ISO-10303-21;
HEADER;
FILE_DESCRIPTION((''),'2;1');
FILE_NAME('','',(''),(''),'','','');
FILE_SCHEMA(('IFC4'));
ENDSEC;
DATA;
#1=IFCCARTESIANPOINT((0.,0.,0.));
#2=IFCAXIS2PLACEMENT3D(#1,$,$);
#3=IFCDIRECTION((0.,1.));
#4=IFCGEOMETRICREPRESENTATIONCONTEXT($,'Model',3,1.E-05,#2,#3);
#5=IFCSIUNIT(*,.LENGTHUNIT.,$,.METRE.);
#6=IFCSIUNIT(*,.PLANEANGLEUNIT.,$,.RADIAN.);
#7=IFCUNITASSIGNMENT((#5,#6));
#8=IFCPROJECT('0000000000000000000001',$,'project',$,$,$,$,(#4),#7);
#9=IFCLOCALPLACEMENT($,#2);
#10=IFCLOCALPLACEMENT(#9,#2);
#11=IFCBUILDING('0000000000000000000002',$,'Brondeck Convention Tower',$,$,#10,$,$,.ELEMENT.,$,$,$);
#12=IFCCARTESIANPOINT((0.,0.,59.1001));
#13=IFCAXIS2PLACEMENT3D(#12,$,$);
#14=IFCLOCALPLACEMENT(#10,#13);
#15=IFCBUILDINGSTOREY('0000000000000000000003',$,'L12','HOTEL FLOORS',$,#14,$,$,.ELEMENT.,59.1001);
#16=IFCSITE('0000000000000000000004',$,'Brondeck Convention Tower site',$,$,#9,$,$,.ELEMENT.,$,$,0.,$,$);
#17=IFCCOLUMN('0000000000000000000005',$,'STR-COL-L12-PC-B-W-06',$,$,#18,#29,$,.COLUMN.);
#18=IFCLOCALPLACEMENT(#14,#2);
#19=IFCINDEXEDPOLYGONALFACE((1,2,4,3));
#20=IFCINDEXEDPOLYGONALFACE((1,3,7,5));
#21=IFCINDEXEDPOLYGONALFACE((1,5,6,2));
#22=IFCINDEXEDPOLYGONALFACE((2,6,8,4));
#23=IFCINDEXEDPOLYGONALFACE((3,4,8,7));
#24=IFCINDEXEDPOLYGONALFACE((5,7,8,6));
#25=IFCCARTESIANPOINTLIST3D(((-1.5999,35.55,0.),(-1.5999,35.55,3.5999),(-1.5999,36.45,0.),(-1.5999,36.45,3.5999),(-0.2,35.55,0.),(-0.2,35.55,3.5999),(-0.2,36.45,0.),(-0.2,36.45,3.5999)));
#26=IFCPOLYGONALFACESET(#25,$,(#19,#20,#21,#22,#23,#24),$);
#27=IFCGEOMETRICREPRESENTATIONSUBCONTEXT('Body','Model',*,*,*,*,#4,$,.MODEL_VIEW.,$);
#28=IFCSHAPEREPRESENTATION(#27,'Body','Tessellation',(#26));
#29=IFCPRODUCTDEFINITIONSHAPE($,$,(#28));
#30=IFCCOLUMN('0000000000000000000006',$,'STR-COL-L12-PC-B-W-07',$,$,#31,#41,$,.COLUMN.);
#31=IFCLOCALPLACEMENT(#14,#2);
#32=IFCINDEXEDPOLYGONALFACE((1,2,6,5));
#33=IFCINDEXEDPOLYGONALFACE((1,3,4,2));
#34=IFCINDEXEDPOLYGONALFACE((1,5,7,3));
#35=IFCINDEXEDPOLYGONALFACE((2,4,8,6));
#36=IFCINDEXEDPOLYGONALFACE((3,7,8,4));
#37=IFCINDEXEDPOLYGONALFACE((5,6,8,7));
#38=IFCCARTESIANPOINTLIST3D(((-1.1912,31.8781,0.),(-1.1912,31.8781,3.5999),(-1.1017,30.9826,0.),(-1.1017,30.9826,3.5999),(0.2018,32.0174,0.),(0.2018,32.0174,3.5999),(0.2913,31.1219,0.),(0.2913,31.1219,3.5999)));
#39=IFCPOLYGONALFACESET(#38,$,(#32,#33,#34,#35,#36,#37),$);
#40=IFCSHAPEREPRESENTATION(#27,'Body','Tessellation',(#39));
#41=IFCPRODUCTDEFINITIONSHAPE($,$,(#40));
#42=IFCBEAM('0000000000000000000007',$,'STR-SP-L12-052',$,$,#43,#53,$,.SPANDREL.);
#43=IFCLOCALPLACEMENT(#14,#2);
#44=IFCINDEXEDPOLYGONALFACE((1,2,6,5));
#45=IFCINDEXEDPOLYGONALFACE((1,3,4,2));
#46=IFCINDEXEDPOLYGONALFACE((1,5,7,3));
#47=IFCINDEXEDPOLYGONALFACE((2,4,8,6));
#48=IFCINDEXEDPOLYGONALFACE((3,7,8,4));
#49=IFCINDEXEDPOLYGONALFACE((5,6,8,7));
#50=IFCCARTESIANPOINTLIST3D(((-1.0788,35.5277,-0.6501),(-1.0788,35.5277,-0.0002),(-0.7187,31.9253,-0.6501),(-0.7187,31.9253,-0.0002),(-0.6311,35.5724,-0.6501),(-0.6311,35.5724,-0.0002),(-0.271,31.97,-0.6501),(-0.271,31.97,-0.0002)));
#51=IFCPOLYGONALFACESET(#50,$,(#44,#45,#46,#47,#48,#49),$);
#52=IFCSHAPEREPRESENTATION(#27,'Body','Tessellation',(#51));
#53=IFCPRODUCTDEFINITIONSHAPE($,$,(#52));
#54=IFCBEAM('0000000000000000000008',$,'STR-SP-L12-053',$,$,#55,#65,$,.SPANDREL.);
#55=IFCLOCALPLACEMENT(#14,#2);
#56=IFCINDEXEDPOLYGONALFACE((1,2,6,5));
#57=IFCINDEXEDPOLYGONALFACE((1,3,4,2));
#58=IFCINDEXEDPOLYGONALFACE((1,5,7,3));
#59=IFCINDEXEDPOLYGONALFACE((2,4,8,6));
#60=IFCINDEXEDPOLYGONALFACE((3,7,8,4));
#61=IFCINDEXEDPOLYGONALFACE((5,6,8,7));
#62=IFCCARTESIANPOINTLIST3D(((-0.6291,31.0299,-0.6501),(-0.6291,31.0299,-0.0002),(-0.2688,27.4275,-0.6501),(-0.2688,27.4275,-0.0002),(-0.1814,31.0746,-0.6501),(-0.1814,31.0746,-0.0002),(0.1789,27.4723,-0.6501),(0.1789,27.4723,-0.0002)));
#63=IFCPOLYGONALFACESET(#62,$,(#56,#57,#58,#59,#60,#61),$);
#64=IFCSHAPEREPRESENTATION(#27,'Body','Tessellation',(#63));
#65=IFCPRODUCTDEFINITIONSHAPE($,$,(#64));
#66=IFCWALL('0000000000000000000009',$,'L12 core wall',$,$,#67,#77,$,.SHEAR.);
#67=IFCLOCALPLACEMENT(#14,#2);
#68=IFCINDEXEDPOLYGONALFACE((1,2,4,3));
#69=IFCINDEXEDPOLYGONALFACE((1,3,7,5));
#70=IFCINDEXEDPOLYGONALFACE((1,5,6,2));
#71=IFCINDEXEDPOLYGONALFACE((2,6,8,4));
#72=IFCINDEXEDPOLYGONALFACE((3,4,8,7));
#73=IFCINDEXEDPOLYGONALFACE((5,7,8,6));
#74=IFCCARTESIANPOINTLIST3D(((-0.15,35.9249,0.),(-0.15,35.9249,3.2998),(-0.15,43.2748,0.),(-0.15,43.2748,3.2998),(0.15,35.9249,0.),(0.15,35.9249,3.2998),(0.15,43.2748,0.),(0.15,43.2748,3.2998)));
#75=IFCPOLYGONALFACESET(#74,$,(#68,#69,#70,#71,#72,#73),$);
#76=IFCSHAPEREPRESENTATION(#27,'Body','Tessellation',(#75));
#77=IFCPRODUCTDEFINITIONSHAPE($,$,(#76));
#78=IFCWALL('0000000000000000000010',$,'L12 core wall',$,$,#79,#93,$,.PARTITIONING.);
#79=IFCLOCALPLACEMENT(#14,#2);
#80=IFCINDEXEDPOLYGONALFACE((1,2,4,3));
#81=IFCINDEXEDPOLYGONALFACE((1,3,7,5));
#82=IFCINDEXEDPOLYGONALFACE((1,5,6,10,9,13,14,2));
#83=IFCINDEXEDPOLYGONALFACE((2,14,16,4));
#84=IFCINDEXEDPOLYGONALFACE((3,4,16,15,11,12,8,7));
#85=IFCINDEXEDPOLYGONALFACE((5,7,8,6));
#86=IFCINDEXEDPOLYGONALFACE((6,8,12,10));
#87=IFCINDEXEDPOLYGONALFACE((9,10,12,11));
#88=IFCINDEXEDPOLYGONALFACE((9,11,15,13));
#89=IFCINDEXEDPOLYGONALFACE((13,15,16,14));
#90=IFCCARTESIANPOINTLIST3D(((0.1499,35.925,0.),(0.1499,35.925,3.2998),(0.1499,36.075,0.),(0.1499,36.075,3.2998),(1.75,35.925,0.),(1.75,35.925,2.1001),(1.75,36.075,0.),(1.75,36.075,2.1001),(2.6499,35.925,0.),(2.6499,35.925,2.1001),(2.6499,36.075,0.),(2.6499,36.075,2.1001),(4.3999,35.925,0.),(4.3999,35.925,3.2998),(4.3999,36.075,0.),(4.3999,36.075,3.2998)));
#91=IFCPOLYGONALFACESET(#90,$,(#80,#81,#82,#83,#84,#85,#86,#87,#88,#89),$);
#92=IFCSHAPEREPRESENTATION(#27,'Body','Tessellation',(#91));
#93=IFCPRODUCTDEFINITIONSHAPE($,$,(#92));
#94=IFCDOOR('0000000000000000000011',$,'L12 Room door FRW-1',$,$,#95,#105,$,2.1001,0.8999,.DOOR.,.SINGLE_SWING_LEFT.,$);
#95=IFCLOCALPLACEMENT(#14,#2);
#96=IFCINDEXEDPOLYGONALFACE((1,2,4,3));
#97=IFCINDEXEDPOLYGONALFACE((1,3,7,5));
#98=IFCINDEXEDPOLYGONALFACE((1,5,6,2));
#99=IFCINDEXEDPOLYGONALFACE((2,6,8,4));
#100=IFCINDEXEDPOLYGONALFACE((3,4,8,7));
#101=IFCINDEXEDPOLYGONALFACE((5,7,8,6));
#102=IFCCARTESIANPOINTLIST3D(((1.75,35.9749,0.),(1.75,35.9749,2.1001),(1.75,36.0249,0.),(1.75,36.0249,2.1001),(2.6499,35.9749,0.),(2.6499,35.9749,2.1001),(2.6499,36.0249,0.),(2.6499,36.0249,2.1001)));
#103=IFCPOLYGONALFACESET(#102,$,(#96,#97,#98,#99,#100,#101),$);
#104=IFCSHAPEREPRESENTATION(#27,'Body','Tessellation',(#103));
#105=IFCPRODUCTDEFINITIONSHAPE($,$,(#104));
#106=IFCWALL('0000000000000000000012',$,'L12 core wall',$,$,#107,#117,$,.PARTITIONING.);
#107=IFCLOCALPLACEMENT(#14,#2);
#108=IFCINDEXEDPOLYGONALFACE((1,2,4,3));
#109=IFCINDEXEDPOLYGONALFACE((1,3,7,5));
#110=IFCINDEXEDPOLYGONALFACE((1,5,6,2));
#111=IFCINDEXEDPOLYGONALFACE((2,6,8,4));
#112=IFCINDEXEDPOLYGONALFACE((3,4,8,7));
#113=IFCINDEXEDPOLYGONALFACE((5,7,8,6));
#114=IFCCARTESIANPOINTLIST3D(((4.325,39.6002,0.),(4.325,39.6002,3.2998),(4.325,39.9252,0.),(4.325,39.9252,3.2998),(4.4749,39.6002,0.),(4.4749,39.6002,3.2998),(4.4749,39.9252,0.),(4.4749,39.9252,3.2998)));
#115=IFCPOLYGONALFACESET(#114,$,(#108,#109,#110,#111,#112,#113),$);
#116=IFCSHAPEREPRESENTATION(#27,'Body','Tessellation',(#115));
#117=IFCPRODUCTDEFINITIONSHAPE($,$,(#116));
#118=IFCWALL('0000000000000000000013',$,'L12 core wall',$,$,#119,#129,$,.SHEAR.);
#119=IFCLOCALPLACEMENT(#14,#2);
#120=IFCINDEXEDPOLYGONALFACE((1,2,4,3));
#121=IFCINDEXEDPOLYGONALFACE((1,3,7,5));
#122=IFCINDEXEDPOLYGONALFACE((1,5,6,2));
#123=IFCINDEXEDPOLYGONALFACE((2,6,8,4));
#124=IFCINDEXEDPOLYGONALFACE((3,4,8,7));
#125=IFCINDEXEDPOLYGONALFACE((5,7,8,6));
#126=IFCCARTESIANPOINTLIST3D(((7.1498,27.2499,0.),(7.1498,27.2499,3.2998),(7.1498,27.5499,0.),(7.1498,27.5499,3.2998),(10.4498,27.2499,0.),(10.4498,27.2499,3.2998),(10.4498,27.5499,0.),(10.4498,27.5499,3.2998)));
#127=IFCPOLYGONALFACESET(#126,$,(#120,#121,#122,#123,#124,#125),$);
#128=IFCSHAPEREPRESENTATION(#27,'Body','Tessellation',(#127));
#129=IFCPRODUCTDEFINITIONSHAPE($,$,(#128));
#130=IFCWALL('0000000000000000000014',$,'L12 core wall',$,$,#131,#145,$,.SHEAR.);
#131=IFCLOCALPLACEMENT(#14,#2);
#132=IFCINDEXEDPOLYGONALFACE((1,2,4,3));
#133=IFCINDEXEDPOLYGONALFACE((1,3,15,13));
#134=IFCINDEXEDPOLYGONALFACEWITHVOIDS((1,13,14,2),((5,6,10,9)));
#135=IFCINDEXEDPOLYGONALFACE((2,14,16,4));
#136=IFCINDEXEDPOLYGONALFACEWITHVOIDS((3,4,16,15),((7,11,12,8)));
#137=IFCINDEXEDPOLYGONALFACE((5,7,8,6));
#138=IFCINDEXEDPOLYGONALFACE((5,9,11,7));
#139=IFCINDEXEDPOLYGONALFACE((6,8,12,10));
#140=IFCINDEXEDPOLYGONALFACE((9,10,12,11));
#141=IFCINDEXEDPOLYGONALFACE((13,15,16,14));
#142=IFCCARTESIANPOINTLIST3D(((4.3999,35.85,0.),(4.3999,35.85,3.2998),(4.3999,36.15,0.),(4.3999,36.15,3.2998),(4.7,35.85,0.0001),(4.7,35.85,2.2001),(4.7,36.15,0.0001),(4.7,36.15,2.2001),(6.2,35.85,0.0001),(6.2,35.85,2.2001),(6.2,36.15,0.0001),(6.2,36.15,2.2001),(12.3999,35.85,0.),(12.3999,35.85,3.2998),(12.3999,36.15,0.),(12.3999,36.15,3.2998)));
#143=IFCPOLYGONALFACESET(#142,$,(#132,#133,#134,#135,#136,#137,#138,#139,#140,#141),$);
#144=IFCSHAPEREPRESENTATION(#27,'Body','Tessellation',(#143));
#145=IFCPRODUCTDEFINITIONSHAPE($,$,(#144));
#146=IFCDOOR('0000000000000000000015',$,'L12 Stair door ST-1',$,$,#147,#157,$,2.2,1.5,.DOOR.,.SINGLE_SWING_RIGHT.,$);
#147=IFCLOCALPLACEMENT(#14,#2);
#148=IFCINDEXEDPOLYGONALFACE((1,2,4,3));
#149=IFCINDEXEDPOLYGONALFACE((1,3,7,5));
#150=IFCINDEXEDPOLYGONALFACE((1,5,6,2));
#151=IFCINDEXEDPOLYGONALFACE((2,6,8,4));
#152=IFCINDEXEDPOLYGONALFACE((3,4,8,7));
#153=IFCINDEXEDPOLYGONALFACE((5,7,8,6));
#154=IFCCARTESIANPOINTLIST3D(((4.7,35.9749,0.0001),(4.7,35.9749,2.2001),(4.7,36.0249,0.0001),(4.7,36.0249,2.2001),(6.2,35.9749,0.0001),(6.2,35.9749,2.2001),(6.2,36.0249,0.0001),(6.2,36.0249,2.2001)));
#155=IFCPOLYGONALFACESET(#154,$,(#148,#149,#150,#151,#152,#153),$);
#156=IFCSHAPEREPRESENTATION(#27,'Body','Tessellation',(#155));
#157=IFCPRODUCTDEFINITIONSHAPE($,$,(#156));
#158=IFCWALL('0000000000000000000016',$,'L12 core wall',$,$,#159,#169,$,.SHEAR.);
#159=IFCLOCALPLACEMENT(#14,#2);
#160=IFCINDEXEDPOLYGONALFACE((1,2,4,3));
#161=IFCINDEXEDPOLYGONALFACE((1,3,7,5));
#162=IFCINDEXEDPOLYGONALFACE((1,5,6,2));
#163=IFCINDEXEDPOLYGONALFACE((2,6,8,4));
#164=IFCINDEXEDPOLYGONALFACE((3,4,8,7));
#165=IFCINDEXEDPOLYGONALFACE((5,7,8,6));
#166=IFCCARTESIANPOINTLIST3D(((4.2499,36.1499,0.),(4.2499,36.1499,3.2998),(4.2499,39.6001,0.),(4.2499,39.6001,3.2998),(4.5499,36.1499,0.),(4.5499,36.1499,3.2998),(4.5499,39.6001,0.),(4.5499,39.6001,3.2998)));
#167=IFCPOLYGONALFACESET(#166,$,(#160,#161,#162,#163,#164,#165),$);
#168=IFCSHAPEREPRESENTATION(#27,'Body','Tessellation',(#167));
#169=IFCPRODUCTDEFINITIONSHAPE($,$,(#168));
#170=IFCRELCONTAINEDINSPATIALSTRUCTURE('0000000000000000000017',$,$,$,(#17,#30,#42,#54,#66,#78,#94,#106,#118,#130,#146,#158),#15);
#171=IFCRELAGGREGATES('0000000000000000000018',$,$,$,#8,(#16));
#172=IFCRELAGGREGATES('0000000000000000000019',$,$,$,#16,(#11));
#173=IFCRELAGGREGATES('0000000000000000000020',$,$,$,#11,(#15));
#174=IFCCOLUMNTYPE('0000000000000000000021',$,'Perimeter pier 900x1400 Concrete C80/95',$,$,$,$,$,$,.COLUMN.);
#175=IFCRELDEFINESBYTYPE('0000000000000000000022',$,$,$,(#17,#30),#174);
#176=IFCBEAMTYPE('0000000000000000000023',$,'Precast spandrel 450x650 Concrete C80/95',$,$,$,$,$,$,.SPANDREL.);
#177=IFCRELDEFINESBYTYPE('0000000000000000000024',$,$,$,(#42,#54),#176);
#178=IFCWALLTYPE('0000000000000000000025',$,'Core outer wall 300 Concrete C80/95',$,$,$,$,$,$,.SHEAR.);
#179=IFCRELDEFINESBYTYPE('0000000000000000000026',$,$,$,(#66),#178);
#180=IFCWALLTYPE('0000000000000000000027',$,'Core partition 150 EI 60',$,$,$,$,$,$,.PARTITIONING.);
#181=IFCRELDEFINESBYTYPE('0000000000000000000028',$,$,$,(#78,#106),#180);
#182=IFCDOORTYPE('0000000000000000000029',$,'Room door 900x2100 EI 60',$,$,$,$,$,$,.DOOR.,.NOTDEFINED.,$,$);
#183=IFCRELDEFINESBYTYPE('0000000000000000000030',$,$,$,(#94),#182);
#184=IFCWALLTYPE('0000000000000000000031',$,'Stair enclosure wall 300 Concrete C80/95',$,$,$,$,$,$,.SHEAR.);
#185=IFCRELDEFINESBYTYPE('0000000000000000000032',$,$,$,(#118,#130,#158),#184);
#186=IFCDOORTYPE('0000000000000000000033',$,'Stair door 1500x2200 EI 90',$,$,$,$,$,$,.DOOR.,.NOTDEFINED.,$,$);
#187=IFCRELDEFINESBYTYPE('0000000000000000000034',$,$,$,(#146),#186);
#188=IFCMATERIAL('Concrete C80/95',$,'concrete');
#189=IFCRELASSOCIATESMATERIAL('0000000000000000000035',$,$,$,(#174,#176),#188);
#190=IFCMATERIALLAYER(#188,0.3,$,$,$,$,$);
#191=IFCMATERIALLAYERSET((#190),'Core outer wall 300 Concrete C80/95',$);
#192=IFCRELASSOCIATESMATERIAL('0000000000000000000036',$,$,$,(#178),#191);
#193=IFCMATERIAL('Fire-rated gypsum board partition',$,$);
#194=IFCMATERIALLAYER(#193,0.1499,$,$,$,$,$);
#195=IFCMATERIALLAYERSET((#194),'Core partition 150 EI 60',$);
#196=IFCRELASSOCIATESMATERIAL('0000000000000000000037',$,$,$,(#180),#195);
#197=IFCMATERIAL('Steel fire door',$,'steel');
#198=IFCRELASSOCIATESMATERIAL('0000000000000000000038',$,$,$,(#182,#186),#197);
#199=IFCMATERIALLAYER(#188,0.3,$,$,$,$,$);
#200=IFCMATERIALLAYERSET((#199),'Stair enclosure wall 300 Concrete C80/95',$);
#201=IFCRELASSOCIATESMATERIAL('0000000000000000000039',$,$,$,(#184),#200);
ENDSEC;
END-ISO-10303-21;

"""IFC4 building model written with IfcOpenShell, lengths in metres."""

from ifc_helpers import new_model, si_unit, direction, frame, frame_2d, origin, origin_2d, place, context, subcontext, project, spatial, rectangle, extrude, material, layer, layer_set, material_profile, profile_set, type_object, element, fill, save


model = new_model("IFC4")

# Units and contexts
model_context = context("Model", 3, precision=1e-05, world=origin(), true_north=direction((0.0, 1.0)))
body_context = subcontext(model_context, "Body", "Model", "MODEL_VIEW")
ifc_project = project(units=[si_unit("LENGTHUNIT", "METRE"), si_unit("PLANEANGLEUNIT", "RADIAN")], contexts=[model_context])

# Site, building, storey
site_placement = place(None, origin())
site = spatial("IfcSite", under=ifc_project, at=site_placement, Name="Brondeck Convention Tower site", CompositionType="ELEMENT", RefElevation=0.0)
building_placement = place(site_placement, origin())
building = spatial("IfcBuilding", under=site, at=building_placement, Name="Brondeck Convention Tower", CompositionType="ELEMENT")
storey_placement = place(building_placement, frame((0.0, 0.0, 59.1001)))
storey = spatial("IfcBuildingStorey", under=building, at=storey_placement, Name="L12", Description="HOTEL FLOORS", CompositionType="ELEMENT", Elevation=59.1001)

# Columns
ifc_material_1 = material(Name="Concrete C80/95", Category="concrete")
ifc_material_profile_1 = material_profile(ifc_material_1, rectangle(XDim=0.8999, YDim=1.3999, at=origin_2d()), Name="Perimeter pier 900x1400 Concrete C80/95")
ifc_profile_set_1 = profile_set([ifc_material_profile_1], Name="Concrete C80/95")
column_type = type_object("IfcColumnType", Name="Perimeter pier 900x1400 Concrete C80/95", PredefinedType="COLUMN", material=ifc_profile_set_1)
for number, where, z_axis, x_axis, name in (
    (1, (-0.8999, 36.0, 0.0), (0.0, 0.0, 1.0), (0.0, -1.0, 0.0), "STR-COL-L12-PC-B-W-06"),
    (2, (-0.45, 31.5, 0.0), (0.0, 0.0, 1.0), (0.099504, -0.995037, 0.0), "STR-COL-L12-PC-B-W-07"),
):
    element("IfcColumn", number, at=place(storey_placement, frame(where, z_axis=z_axis, x_axis=x_axis)), inside=storey, type_object=column_type, Name=name, PredefinedType="COLUMN", context=body_context, shape_type="SweptSolid", body=[
        extrude(rectangle(XDim=0.8999, YDim=1.3999, at=origin_2d()), origin(), (0.0, 0.0, 1.0), 3.5999),
    ])

# Beams
ifc_material_profile_2 = material_profile(ifc_material_1, rectangle(XDim=0.45, YDim=0.6499, at=origin_2d()), Name="Precast spandrel 450x650 Concrete C80/95")
ifc_profile_set_2 = profile_set([ifc_material_profile_2], Name="Concrete C80/95")
beam_type = type_object("IfcBeamType", Name="Precast spandrel 450x650 Concrete C80/95", PredefinedType="SPANDREL", material=ifc_profile_set_2)
for number, where, z_axis, x_axis, name in (
    (3, (-0.855, 35.55, -0.3252), (0.09947, -0.995041, 0.0), (0.995041, 0.09947, 0.0), "STR-SP-L12-052"),
    (4, (-0.4053, 31.0522, -0.3252), (0.099537, -0.995034, 0.0), (0.995034, 0.099537, 0.0), "STR-SP-L12-053"),
):
    element("IfcBeam", number, at=place(storey_placement, frame(where, z_axis=z_axis, x_axis=x_axis)), inside=storey, type_object=beam_type, Name=name, PredefinedType="SPANDREL", context=body_context, shape_type="SweptSolid", body=[
        extrude(rectangle(XDim=0.45, YDim=0.6499, at=origin_2d()), origin(), (0.0, 0.0, 1.0), 3.6204),
    ])

# Wall
ifc_layer_1 = layer(ifc_material_1, 0.3)
ifc_layer_set_1 = layer_set([ifc_layer_1], Name="Core outer wall 300 Concrete C80/95")
wall_type_1 = type_object("IfcWallType", Name="Core outer wall 300 Concrete C80/95", PredefinedType="SHEAR", material=ifc_layer_set_1)
wall_1_placement = place(storey_placement, frame((0.0, 35.925, 0.0), z_axis=(0.0, 0.0, 1.0), x_axis=(0.0, 1.0, 0.0)))
element("IfcWall", 5, at=wall_1_placement, inside=storey, type_object=wall_type_1, Name="L12 core wall", PredefinedType="SHEAR", context=body_context, shape_type="SweptSolid", body=[
    extrude(rectangle(XDim=7.3499, YDim=0.3, at=frame_2d((3.6748, 0.0))), origin(), (0.0, 0.0, 1.0), 3.2998),
])

# Wall, opening, door
ifc_material_2 = material(Name="Fire-rated gypsum board partition")
ifc_layer_2 = layer(ifc_material_2, 0.1499)
ifc_layer_set_2 = layer_set([ifc_layer_2], Name="Core partition 150 EI 60")
wall_type_2 = type_object("IfcWallType", Name="Core partition 150 EI 60", PredefinedType="PARTITIONING", material=ifc_layer_set_2)
wall_2_placement = place(storey_placement, frame((0.1499, 36.0, 0.0), z_axis=(0.0, 0.0, 1.0), x_axis=(1.0, 0.0, 0.0)))
wall_2 = element("IfcWall", 6, at=wall_2_placement, inside=storey, type_object=wall_type_2, Name="L12 core wall", PredefinedType="PARTITIONING", context=body_context, shape_type="SweptSolid", body=[
    extrude(rectangle(XDim=4.25, YDim=0.1499, at=frame_2d((2.125, 0.0))), origin(), (0.0, 0.0, 1.0), 3.2998),
])
opening_1_placement = place(wall_2_placement, frame((1.6001, 0.0, 0.0)))
opening_1 = element("IfcOpeningElement", 7, at=opening_1_placement, cuts=wall_2, PredefinedType="OPENING", context=body_context, shape_type="SweptSolid", body=[
    extrude(rectangle(XDim=0.8999, YDim=2.1001, at=frame_2d((0.45, 1.05))), frame((0.0, 0.085, 0.0), z_axis=(0.0, -1.0, 0.0), x_axis=(1.0, 0.0, 0.0)), (0.0, 0.0, 1.0), 0.1699),
])
ifc_material_3 = material(Name="Steel fire door", Category="steel")
door_type_1 = type_object("IfcDoorType", Name="Room door 900x2100 EI 60", OperationType="NOTDEFINED", PredefinedType="DOOR", material=ifc_material_3)
door_1_placement = place(opening_1_placement, origin())
door_1 = element("IfcDoor", 8, at=door_1_placement, inside=storey, type_object=door_type_1, Name="L12 Room door FRW-1", OperationType="SINGLE_SWING_LEFT", OverallHeight=2.1001, OverallWidth=0.8999, PredefinedType="DOOR", context=body_context, shape_type="SweptSolid", body=[
    extrude(rectangle(XDim=0.8999, YDim=2.1001, at=frame_2d((0.45, 1.05))), frame((0.0, 0.0249, 0.0), z_axis=(0.0, -1.0, 0.0), x_axis=(1.0, 0.0, 0.0)), (0.0, 0.0, 1.0), 0.05),
])
fill(opening_1, door_1)

# Walls
wall_3_placement = place(storey_placement, frame((4.3999, 39.6001, 0.0), z_axis=(0.0, 0.0, 1.0), x_axis=(0.0, 1.0, 0.0)))
element("IfcWall", 9, at=wall_3_placement, inside=storey, type_object=wall_type_2, Name="L12 core wall", PredefinedType="PARTITIONING", context=body_context, shape_type="SweptSolid", body=[
    extrude(rectangle(XDim=0.325, YDim=0.1499, at=frame_2d((0.1626, 0.0))), origin(), (0.0, 0.0, 1.0), 3.2998),
])
ifc_layer_3 = layer(ifc_material_1, 0.3)
ifc_layer_set_3 = layer_set([ifc_layer_3], Name="Stair enclosure wall 300 Concrete C80/95")
wall_type_3 = type_object("IfcWallType", Name="Stair enclosure wall 300 Concrete C80/95", PredefinedType="SHEAR", material=ifc_layer_set_3)
wall_4_placement = place(storey_placement, frame((7.1499, 27.3999, 0.0), z_axis=(0.0, 0.0, 1.0), x_axis=(1.0, 0.0, 0.0)))
element("IfcWall", 10, at=wall_4_placement, inside=storey, type_object=wall_type_3, Name="L12 core wall", PredefinedType="SHEAR", context=body_context, shape_type="SweptSolid", body=[
    extrude(rectangle(XDim=3.3, YDim=0.3, at=frame_2d((1.6499, 0.0))), origin(), (0.0, 0.0, 1.0), 3.2998),
])

# Wall, opening, door
wall_5_placement = place(storey_placement, frame((4.3999, 36.0, 0.0), z_axis=(0.0, 0.0, 1.0), x_axis=(1.0, 0.0, 0.0)))
wall_5 = element("IfcWall", 11, at=wall_5_placement, inside=storey, type_object=wall_type_3, Name="L12 core wall", PredefinedType="SHEAR", context=body_context, shape_type="SweptSolid", body=[
    extrude(rectangle(XDim=8.0, YDim=0.3, at=frame_2d((4.0, 0.0))), origin(), (0.0, 0.0, 1.0), 3.2998),
])
opening_2_placement = place(wall_5_placement, frame((0.3, 0.0, 0.0)))
opening_2 = element("IfcOpeningElement", 12, at=opening_2_placement, cuts=wall_5, PredefinedType="OPENING", context=body_context, shape_type="SweptSolid", body=[
    extrude(rectangle(XDim=1.5, YDim=2.2, at=frame_2d((0.75, 1.1001))), frame((0.0, 0.1599, 0.0), z_axis=(0.0, -1.0, 0.0), x_axis=(1.0, 0.0, 0.0)), (0.0, 0.0, 1.0), 0.3201),
])
door_type_2 = type_object("IfcDoorType", Name="Stair door 1500x2200 EI 90", OperationType="NOTDEFINED", PredefinedType="DOOR", material=ifc_material_3)
door_2_placement = place(opening_2_placement, origin())
door_2 = element("IfcDoor", 13, at=door_2_placement, inside=storey, type_object=door_type_2, Name="L12 Stair door ST-1", OperationType="SINGLE_SWING_RIGHT", OverallHeight=2.2, OverallWidth=1.5, PredefinedType="DOOR", context=body_context, shape_type="SweptSolid", body=[
    extrude(rectangle(XDim=1.5, YDim=2.2, at=frame_2d((0.75, 1.1001))), frame((0.0, 0.0249, 0.0), z_axis=(0.0, -1.0, 0.0), x_axis=(1.0, 0.0, 0.0)), (0.0, 0.0, 1.0), 0.05),
])
fill(opening_2, door_2)

# Wall
wall_6_placement = place(storey_placement, frame((4.3999, 36.1499, 0.0), z_axis=(0.0, 0.0, 1.0), x_axis=(0.0, 1.0, 0.0)))
element("IfcWall", 14, at=wall_6_placement, inside=storey, type_object=wall_type_3, Name="L12 core wall", PredefinedType="SHEAR", context=body_context, shape_type="SweptSolid", body=[
    extrude(rectangle(XDim=3.4502, YDim=0.3, at=frame_2d((1.7251, 0.0))), origin(), (0.0, 0.0, 1.0), 3.2998),
])

save(model, "model.ifc")
